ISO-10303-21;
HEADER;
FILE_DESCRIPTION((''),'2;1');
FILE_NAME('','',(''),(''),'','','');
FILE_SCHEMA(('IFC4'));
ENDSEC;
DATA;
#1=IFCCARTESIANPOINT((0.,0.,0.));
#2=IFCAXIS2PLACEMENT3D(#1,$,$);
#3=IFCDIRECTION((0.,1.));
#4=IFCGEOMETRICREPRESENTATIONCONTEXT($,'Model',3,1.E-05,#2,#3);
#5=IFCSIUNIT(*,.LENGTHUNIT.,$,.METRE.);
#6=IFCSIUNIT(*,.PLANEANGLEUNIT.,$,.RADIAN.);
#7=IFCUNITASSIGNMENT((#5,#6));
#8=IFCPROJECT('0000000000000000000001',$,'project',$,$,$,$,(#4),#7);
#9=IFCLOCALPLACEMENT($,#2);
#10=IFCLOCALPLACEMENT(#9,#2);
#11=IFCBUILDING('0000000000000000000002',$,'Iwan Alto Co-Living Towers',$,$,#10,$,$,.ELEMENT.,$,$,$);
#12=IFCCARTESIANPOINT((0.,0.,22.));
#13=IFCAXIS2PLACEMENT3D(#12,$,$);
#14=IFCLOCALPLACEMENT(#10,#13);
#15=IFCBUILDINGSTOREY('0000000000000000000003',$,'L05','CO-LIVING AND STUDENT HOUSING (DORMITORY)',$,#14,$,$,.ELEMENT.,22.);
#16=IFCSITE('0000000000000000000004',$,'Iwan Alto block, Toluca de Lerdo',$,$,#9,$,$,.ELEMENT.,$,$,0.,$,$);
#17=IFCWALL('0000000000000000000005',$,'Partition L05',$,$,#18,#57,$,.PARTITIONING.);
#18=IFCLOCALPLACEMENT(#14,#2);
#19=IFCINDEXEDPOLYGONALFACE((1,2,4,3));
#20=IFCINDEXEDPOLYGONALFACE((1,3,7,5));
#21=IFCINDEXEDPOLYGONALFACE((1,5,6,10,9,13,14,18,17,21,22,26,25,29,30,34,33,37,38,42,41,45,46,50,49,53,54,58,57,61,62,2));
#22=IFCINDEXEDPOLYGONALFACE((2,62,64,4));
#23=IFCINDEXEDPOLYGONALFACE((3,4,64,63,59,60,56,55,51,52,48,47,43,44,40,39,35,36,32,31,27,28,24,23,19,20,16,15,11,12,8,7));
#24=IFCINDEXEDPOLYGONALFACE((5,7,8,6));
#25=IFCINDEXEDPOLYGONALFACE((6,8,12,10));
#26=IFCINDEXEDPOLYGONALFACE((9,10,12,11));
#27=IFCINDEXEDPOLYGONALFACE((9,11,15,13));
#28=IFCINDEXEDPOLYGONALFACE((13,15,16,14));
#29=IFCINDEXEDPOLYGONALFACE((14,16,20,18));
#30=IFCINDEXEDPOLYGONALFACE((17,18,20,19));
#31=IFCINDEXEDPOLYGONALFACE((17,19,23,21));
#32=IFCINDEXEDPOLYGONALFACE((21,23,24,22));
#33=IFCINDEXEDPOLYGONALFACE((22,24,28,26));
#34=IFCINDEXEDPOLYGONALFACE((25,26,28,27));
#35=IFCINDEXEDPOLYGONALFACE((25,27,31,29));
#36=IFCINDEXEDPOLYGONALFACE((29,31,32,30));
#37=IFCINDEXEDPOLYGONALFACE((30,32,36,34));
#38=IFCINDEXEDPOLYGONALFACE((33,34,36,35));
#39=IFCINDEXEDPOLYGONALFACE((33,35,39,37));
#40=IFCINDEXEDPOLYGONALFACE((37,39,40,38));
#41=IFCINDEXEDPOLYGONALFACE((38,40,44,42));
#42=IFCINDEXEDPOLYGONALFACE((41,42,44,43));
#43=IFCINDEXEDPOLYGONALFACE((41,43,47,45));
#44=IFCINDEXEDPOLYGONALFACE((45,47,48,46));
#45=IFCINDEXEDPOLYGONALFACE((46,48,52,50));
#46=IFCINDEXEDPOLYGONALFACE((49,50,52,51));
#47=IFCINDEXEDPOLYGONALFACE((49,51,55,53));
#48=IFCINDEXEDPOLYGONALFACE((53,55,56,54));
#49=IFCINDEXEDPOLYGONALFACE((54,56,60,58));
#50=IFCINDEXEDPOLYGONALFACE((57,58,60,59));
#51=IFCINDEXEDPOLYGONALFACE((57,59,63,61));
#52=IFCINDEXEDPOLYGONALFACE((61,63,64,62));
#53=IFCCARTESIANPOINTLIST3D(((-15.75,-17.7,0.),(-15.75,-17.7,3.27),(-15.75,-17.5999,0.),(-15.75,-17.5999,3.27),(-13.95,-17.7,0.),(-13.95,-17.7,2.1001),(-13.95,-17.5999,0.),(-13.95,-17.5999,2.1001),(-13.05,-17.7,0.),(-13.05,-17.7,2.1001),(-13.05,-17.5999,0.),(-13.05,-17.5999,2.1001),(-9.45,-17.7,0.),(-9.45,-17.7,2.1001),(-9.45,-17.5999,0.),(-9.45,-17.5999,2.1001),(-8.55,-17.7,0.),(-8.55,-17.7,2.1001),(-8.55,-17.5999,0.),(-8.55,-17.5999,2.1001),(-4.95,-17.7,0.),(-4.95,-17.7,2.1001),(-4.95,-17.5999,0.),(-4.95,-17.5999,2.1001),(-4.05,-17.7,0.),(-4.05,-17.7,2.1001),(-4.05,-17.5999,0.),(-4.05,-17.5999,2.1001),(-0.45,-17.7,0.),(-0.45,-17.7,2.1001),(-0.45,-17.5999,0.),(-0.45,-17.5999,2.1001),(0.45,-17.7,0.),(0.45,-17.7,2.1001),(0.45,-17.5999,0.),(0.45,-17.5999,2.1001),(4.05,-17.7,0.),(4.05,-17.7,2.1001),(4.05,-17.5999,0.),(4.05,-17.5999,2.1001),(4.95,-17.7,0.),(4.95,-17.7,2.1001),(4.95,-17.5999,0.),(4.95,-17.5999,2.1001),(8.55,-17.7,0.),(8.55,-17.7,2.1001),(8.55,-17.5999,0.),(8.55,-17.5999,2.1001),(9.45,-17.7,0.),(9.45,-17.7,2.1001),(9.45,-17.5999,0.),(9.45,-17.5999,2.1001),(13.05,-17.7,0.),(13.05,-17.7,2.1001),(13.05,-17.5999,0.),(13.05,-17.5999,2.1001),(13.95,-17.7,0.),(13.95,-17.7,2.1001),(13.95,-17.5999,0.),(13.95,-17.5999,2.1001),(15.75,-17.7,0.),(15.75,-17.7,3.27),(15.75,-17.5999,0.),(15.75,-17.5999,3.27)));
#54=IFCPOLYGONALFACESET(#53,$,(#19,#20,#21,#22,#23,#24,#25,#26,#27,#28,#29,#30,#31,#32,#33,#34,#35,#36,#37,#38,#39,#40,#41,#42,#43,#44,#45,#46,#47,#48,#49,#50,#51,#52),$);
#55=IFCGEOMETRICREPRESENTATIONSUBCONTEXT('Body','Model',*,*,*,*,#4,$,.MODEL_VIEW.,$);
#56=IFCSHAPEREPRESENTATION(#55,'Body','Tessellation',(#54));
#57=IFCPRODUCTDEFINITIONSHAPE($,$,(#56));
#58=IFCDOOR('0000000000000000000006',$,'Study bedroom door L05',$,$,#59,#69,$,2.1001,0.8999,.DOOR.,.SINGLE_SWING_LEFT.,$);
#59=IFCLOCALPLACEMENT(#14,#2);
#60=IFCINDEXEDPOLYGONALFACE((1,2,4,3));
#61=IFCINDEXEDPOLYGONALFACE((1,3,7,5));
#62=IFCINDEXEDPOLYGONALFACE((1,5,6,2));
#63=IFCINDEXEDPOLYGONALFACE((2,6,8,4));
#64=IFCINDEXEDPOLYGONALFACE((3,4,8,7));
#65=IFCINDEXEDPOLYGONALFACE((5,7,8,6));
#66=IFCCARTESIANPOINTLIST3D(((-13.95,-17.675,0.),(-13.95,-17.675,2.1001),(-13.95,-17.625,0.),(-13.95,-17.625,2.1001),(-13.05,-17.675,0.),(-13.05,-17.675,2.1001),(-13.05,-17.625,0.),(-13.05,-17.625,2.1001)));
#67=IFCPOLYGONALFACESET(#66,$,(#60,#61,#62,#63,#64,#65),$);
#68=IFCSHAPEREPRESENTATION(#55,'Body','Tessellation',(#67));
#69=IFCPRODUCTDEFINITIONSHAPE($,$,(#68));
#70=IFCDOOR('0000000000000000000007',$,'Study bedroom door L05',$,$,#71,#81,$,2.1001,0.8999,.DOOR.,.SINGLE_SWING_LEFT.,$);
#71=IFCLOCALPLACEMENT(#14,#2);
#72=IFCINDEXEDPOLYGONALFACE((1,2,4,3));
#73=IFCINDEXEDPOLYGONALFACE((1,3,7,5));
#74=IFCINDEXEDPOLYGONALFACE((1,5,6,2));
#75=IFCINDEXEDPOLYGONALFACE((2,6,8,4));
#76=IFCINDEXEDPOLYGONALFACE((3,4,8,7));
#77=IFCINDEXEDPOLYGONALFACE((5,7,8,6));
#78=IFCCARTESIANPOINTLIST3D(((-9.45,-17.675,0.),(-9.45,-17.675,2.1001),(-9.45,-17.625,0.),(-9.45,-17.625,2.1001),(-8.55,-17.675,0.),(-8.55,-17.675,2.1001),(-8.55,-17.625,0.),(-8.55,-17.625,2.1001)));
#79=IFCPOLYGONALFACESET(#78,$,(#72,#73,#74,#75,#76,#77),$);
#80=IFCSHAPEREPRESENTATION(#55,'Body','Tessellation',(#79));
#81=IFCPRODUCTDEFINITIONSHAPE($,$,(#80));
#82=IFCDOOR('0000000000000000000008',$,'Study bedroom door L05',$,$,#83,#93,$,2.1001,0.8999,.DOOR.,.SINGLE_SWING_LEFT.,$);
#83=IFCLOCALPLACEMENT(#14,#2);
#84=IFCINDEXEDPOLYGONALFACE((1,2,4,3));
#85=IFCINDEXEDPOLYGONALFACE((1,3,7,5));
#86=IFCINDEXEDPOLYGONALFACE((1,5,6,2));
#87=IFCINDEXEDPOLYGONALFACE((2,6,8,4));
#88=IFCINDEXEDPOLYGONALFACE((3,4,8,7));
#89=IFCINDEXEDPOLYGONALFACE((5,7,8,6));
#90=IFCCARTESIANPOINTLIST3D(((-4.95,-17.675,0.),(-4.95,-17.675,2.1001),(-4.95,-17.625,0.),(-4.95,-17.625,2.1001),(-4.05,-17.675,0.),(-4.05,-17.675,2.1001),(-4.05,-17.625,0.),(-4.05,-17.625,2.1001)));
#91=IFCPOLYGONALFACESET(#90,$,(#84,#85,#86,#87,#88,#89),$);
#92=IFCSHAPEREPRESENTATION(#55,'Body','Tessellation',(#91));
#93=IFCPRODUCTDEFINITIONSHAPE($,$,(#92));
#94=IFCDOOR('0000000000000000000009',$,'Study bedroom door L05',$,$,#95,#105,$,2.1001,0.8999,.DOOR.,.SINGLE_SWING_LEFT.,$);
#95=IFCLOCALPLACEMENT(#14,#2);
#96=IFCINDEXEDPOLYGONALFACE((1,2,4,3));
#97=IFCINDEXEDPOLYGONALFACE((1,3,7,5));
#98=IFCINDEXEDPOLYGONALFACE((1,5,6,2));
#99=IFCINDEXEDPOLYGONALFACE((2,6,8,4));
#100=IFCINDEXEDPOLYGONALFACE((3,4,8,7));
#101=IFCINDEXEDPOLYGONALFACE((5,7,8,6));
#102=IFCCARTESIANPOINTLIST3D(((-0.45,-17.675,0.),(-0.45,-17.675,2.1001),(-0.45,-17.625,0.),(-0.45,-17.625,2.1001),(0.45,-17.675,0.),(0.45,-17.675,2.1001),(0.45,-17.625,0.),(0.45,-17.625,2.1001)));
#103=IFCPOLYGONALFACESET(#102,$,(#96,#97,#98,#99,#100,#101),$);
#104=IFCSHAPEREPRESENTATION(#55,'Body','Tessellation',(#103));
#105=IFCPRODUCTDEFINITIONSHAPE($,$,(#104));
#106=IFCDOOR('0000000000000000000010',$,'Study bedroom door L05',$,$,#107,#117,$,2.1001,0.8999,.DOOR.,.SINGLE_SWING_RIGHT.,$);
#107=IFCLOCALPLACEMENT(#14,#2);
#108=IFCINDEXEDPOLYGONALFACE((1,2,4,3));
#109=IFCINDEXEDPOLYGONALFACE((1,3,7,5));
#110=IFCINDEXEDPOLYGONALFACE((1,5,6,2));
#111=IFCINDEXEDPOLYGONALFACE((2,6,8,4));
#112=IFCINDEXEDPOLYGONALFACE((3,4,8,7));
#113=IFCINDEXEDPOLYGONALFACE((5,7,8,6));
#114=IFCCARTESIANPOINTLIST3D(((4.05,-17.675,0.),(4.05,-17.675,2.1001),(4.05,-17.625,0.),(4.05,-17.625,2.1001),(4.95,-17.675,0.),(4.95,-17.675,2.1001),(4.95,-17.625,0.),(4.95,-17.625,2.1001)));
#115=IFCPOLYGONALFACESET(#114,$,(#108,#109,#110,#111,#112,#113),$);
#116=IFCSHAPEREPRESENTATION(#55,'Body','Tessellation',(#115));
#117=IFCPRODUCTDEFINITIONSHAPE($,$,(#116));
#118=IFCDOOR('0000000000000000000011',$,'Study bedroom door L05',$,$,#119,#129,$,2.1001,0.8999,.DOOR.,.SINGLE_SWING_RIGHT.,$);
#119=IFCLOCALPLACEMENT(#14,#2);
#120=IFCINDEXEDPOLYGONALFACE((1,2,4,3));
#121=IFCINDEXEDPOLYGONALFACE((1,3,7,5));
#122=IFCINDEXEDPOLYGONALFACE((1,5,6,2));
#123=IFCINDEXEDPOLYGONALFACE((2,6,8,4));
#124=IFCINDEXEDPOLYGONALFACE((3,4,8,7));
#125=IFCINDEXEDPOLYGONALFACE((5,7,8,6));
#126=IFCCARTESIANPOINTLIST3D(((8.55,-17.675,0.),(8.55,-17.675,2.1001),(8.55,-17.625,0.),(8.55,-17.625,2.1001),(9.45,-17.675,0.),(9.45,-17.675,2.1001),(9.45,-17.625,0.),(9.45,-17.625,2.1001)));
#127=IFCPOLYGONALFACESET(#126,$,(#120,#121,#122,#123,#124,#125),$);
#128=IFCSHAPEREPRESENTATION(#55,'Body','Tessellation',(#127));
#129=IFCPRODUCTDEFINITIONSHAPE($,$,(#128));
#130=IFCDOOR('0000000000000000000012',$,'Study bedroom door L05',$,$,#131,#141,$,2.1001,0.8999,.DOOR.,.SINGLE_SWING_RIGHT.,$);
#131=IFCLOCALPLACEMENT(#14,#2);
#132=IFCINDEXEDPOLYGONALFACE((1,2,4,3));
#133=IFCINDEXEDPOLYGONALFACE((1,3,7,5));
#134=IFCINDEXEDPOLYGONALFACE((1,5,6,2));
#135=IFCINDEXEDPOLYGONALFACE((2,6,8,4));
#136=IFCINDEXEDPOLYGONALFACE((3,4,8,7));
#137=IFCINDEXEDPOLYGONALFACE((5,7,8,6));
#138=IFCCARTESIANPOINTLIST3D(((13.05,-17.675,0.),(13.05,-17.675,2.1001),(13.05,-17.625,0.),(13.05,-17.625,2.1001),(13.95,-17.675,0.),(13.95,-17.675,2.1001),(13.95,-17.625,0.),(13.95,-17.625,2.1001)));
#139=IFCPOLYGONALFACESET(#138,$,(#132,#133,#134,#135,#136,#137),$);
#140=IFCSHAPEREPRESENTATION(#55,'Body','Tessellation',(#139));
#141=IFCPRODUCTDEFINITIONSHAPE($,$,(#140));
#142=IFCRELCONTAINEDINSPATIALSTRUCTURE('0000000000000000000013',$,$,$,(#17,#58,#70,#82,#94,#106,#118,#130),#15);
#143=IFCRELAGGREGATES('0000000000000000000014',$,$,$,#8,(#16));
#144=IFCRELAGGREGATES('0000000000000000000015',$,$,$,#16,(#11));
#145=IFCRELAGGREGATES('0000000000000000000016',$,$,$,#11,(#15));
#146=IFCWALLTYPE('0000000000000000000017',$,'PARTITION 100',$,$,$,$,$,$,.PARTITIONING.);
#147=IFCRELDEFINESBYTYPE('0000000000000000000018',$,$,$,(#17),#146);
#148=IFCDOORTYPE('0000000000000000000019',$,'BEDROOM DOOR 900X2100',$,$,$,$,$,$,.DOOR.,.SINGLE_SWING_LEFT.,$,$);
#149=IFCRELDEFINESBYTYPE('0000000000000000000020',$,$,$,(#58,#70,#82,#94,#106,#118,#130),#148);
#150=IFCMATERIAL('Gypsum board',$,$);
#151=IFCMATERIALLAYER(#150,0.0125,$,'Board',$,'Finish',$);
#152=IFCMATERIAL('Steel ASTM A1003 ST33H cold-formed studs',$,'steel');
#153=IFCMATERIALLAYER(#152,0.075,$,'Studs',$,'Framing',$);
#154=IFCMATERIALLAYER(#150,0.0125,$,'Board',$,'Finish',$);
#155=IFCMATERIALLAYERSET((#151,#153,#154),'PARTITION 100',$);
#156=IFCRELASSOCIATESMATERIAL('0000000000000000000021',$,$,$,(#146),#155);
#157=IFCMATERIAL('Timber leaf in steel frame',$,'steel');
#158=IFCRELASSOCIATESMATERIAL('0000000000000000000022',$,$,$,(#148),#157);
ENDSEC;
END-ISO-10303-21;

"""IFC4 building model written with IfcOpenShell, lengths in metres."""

from ifc_helpers import new_model, si_unit, direction, frame, frame_2d, origin, place, context, subcontext, project, spatial, rectangle, extrude, material, layer, layer_set, type_object, element, fill, save


model = new_model("IFC4")

# Units and contexts
model_context = context("Model", 3, precision=1e-05, world=origin(), true_north=direction((0.0, 1.0)))
body_context = subcontext(model_context, "Body", "Model", "MODEL_VIEW")
ifc_project = project(units=[si_unit("LENGTHUNIT", "METRE"), si_unit("PLANEANGLEUNIT", "RADIAN")], contexts=[model_context])

# Site, building, storey
site_placement = place(None, origin())
site = spatial("IfcSite", under=ifc_project, at=site_placement, Name="Iwan Alto block, Toluca de Lerdo", CompositionType="ELEMENT", RefElevation=0.0)
building_placement = place(site_placement, origin())
building = spatial("IfcBuilding", under=site, at=building_placement, Name="Iwan Alto Co-Living Towers", CompositionType="ELEMENT")
storey_placement = place(building_placement, frame((0.0, 0.0, 22.0)))
storey = spatial("IfcBuildingStorey", under=building, at=storey_placement, Name="L05", Description="CO-LIVING AND STUDENT HOUSING (DORMITORY)", CompositionType="ELEMENT", Elevation=22.0)

# Wall, openings, doors
ifc_material_1 = material(Name="Gypsum board")
ifc_layer_1 = layer(ifc_material_1, 0.0125, Name="Board", Category="Finish")
ifc_material_2 = material(Name="Steel ASTM A1003 ST33H cold-formed studs", Category="steel")
ifc_layer_2 = layer(ifc_material_2, 0.075, Name="Studs", Category="Framing")
ifc_layer_3 = layer(ifc_material_1, 0.0125, Name="Board", Category="Finish")
ifc_layer_set_1 = layer_set([ifc_layer_1, ifc_layer_2, ifc_layer_3], Name="PARTITION 100")
wall_type = type_object("IfcWallType", Name="PARTITION 100", PredefinedType="PARTITIONING", material=ifc_layer_set_1)
wall_1_placement = place(storey_placement, frame((-15.75, -17.6499, 0.0), z_axis=(0.0, 0.0, 1.0), x_axis=(1.0, 0.0, 0.0)))
wall_1 = element("IfcWall", 1, at=wall_1_placement, inside=storey, type_object=wall_type, Name="Partition L05", PredefinedType="PARTITIONING", context=body_context, shape_type="SweptSolid", body=[
    extrude(rectangle(XDim=31.5, YDim=0.1001, at=frame_2d((15.75, 0.0))), origin(), (0.0, 0.0, 1.0), 3.27),
])
opening_1_placement = place(wall_1_placement, frame((1.8, 0.0, 0.0)))
opening_1 = element("IfcOpeningElement", 2, at=opening_1_placement, cuts=wall_1, PredefinedType="OPENING", context=body_context, shape_type="SweptSolid", body=[
    extrude(rectangle(XDim=0.8999, YDim=2.1001, at=frame_2d((0.45, 1.05))), frame((0.0, 0.0601, 0.0), z_axis=(0.0, -1.0, 0.0), x_axis=(1.0, 0.0, 0.0)), (0.0, 0.0, 1.0), 0.1201),
])
opening_2_placement = place(wall_1_placement, frame((6.3, 0.0, 0.0)))
opening_2 = element("IfcOpeningElement", 3, at=opening_2_placement, cuts=wall_1, PredefinedType="OPENING", context=body_context, shape_type="SweptSolid", body=[
    extrude(rectangle(XDim=0.8999, YDim=2.1001, at=frame_2d((0.45, 1.05))), frame((0.0, 0.0601, 0.0), z_axis=(0.0, -1.0, 0.0), x_axis=(1.0, 0.0, 0.0)), (0.0, 0.0, 1.0), 0.1201),
])
opening_3_placement = place(wall_1_placement, frame((10.8, 0.0, 0.0)))
opening_3 = element("IfcOpeningElement", 4, at=opening_3_placement, cuts=wall_1, PredefinedType="OPENING", context=body_context, shape_type="SweptSolid", body=[
    extrude(rectangle(XDim=0.8999, YDim=2.1001, at=frame_2d((0.45, 1.05))), frame((0.0, 0.0601, 0.0), z_axis=(0.0, -1.0, 0.0), x_axis=(1.0, 0.0, 0.0)), (0.0, 0.0, 1.0), 0.1201),
])
opening_4_placement = place(wall_1_placement, frame((15.3, 0.0, 0.0)))
opening_4 = element("IfcOpeningElement", 5, at=opening_4_placement, cuts=wall_1, PredefinedType="OPENING", context=body_context, shape_type="SweptSolid", body=[
    extrude(rectangle(XDim=0.8999, YDim=2.1001, at=frame_2d((0.45, 1.05))), frame((0.0, 0.0601, 0.0), z_axis=(0.0, -1.0, 0.0), x_axis=(1.0, 0.0, 0.0)), (0.0, 0.0, 1.0), 0.1201),
])
opening_5_placement = place(wall_1_placement, frame((19.8, 0.0, 0.0)))
opening_5 = element("IfcOpeningElement", 6, at=opening_5_placement, cuts=wall_1, PredefinedType="OPENING", context=body_context, shape_type="SweptSolid", body=[
    extrude(rectangle(XDim=0.8999, YDim=2.1001, at=frame_2d((0.45, 1.05))), frame((0.0, 0.0601, 0.0), z_axis=(0.0, -1.0, 0.0), x_axis=(1.0, 0.0, 0.0)), (0.0, 0.0, 1.0), 0.1201),
])
opening_6_placement = place(wall_1_placement, frame((24.3, 0.0, 0.0)))
opening_6 = element("IfcOpeningElement", 7, at=opening_6_placement, cuts=wall_1, PredefinedType="OPENING", context=body_context, shape_type="SweptSolid", body=[
    extrude(rectangle(XDim=0.8999, YDim=2.1001, at=frame_2d((0.45, 1.05))), frame((0.0, 0.0601, 0.0), z_axis=(0.0, -1.0, 0.0), x_axis=(1.0, 0.0, 0.0)), (0.0, 0.0, 1.0), 0.1201),
])
opening_7_placement = place(wall_1_placement, frame((28.8, 0.0, 0.0)))
opening_7 = element("IfcOpeningElement", 8, at=opening_7_placement, cuts=wall_1, PredefinedType="OPENING", context=body_context, shape_type="SweptSolid", body=[
    extrude(rectangle(XDim=0.8999, YDim=2.1001, at=frame_2d((0.45, 1.05))), frame((0.0, 0.0601, 0.0), z_axis=(0.0, -1.0, 0.0), x_axis=(1.0, 0.0, 0.0)), (0.0, 0.0, 1.0), 0.1201),
])
ifc_material_3 = material(Name="Timber leaf in steel frame", Category="steel")
door_type_1 = type_object("IfcDoorType", Name="BEDROOM DOOR 900X2100", OperationType="SINGLE_SWING_LEFT", PredefinedType="DOOR", material=ifc_material_3)
door_1_placement = place(opening_1_placement, origin())
door_1 = element("IfcDoor", 9, at=door_1_placement, inside=storey, type_object=door_type_1, Name="Study bedroom door L05", OperationType="SINGLE_SWING_LEFT", OverallHeight=2.1001, OverallWidth=0.8999, PredefinedType="DOOR", context=body_context, shape_type="SweptSolid", body=[
    extrude(rectangle(XDim=0.8999, YDim=2.1001, at=frame_2d((0.45, 1.05))), frame((0.0, 0.0249, 0.0), z_axis=(0.0, -1.0, 0.0), x_axis=(1.0, 0.0, 0.0)), (0.0, 0.0, 1.0), 0.05),
])
fill(opening_1, door_1)
door_2_placement = place(opening_2_placement, origin())
door_2 = element("IfcDoor", 10, at=door_2_placement, inside=storey, type_object=door_type_1, Name="Study bedroom door L05", OperationType="SINGLE_SWING_LEFT", OverallHeight=2.1001, OverallWidth=0.8999, PredefinedType="DOOR", context=body_context, shape_type="SweptSolid", body=[
    extrude(rectangle(XDim=0.8999, YDim=2.1001, at=frame_2d((0.45, 1.05))), frame((0.0, 0.0249, 0.0), z_axis=(0.0, -1.0, 0.0), x_axis=(1.0, 0.0, 0.0)), (0.0, 0.0, 1.0), 0.05),
])
fill(opening_2, door_2)
door_3_placement = place(opening_3_placement, origin())
door_3 = element("IfcDoor", 11, at=door_3_placement, inside=storey, type_object=door_type_1, Name="Study bedroom door L05", OperationType="SINGLE_SWING_LEFT", OverallHeight=2.1001, OverallWidth=0.8999, PredefinedType="DOOR", context=body_context, shape_type="SweptSolid", body=[
    extrude(rectangle(XDim=0.8999, YDim=2.1001, at=frame_2d((0.45, 1.05))), frame((0.0, 0.0249, 0.0), z_axis=(0.0, -1.0, 0.0), x_axis=(1.0, 0.0, 0.0)), (0.0, 0.0, 1.0), 0.05),
])
fill(opening_3, door_3)
door_4_placement = place(opening_4_placement, origin())
door_4 = element("IfcDoor", 12, at=door_4_placement, inside=storey, type_object=door_type_1, Name="Study bedroom door L05", OperationType="SINGLE_SWING_LEFT", OverallHeight=2.1001, OverallWidth=0.8999, PredefinedType="DOOR", context=body_context, shape_type="SweptSolid", body=[
    extrude(rectangle(XDim=0.8999, YDim=2.1001, at=frame_2d((0.45, 1.05))), frame((0.0, 0.0249, 0.0), z_axis=(0.0, -1.0, 0.0), x_axis=(1.0, 0.0, 0.0)), (0.0, 0.0, 1.0), 0.05),
])
fill(opening_4, door_4)
door_5_placement = place(opening_5_placement, origin())
door_5 = element("IfcDoor", 13, at=door_5_placement, inside=storey, type_object=door_type_1, Name="Study bedroom door L05", OperationType="SINGLE_SWING_RIGHT", OverallHeight=2.1001, OverallWidth=0.8999, PredefinedType="DOOR", context=body_context, shape_type="SweptSolid", body=[
    extrude(rectangle(XDim=0.8999, YDim=2.1001, at=frame_2d((0.45, 1.05))), frame((0.0, 0.0249, 0.0), z_axis=(0.0, -1.0, 0.0), x_axis=(1.0, 0.0, 0.0)), (0.0, 0.0, 1.0), 0.05),
])
fill(opening_5, door_5)
door_6_placement = place(opening_6_placement, origin())
door_6 = element("IfcDoor", 14, at=door_6_placement, inside=storey, type_object=door_type_1, Name="Study bedroom door L05", OperationType="SINGLE_SWING_RIGHT", OverallHeight=2.1001, OverallWidth=0.8999, PredefinedType="DOOR", context=body_context, shape_type="SweptSolid", body=[
    extrude(rectangle(XDim=0.8999, YDim=2.1001, at=frame_2d((0.45, 1.05))), frame((0.0, 0.0249, 0.0), z_axis=(0.0, -1.0, 0.0), x_axis=(1.0, 0.0, 0.0)), (0.0, 0.0, 1.0), 0.05),
])
fill(opening_6, door_6)
door_7_placement = place(opening_7_placement, origin())
door_7 = element("IfcDoor", 15, at=door_7_placement, inside=storey, type_object=door_type_1, Name="Study bedroom door L05", OperationType="SINGLE_SWING_RIGHT", OverallHeight=2.1001, OverallWidth=0.8999, PredefinedType="DOOR", context=body_context, shape_type="SweptSolid", body=[
    extrude(rectangle(XDim=0.8999, YDim=2.1001, at=frame_2d((0.45, 1.05))), frame((0.0, 0.0249, 0.0), z_axis=(0.0, -1.0, 0.0), x_axis=(1.0, 0.0, 0.0)), (0.0, 0.0, 1.0), 0.05),
])
fill(opening_7, door_7)

save(model, "model.ifc")
